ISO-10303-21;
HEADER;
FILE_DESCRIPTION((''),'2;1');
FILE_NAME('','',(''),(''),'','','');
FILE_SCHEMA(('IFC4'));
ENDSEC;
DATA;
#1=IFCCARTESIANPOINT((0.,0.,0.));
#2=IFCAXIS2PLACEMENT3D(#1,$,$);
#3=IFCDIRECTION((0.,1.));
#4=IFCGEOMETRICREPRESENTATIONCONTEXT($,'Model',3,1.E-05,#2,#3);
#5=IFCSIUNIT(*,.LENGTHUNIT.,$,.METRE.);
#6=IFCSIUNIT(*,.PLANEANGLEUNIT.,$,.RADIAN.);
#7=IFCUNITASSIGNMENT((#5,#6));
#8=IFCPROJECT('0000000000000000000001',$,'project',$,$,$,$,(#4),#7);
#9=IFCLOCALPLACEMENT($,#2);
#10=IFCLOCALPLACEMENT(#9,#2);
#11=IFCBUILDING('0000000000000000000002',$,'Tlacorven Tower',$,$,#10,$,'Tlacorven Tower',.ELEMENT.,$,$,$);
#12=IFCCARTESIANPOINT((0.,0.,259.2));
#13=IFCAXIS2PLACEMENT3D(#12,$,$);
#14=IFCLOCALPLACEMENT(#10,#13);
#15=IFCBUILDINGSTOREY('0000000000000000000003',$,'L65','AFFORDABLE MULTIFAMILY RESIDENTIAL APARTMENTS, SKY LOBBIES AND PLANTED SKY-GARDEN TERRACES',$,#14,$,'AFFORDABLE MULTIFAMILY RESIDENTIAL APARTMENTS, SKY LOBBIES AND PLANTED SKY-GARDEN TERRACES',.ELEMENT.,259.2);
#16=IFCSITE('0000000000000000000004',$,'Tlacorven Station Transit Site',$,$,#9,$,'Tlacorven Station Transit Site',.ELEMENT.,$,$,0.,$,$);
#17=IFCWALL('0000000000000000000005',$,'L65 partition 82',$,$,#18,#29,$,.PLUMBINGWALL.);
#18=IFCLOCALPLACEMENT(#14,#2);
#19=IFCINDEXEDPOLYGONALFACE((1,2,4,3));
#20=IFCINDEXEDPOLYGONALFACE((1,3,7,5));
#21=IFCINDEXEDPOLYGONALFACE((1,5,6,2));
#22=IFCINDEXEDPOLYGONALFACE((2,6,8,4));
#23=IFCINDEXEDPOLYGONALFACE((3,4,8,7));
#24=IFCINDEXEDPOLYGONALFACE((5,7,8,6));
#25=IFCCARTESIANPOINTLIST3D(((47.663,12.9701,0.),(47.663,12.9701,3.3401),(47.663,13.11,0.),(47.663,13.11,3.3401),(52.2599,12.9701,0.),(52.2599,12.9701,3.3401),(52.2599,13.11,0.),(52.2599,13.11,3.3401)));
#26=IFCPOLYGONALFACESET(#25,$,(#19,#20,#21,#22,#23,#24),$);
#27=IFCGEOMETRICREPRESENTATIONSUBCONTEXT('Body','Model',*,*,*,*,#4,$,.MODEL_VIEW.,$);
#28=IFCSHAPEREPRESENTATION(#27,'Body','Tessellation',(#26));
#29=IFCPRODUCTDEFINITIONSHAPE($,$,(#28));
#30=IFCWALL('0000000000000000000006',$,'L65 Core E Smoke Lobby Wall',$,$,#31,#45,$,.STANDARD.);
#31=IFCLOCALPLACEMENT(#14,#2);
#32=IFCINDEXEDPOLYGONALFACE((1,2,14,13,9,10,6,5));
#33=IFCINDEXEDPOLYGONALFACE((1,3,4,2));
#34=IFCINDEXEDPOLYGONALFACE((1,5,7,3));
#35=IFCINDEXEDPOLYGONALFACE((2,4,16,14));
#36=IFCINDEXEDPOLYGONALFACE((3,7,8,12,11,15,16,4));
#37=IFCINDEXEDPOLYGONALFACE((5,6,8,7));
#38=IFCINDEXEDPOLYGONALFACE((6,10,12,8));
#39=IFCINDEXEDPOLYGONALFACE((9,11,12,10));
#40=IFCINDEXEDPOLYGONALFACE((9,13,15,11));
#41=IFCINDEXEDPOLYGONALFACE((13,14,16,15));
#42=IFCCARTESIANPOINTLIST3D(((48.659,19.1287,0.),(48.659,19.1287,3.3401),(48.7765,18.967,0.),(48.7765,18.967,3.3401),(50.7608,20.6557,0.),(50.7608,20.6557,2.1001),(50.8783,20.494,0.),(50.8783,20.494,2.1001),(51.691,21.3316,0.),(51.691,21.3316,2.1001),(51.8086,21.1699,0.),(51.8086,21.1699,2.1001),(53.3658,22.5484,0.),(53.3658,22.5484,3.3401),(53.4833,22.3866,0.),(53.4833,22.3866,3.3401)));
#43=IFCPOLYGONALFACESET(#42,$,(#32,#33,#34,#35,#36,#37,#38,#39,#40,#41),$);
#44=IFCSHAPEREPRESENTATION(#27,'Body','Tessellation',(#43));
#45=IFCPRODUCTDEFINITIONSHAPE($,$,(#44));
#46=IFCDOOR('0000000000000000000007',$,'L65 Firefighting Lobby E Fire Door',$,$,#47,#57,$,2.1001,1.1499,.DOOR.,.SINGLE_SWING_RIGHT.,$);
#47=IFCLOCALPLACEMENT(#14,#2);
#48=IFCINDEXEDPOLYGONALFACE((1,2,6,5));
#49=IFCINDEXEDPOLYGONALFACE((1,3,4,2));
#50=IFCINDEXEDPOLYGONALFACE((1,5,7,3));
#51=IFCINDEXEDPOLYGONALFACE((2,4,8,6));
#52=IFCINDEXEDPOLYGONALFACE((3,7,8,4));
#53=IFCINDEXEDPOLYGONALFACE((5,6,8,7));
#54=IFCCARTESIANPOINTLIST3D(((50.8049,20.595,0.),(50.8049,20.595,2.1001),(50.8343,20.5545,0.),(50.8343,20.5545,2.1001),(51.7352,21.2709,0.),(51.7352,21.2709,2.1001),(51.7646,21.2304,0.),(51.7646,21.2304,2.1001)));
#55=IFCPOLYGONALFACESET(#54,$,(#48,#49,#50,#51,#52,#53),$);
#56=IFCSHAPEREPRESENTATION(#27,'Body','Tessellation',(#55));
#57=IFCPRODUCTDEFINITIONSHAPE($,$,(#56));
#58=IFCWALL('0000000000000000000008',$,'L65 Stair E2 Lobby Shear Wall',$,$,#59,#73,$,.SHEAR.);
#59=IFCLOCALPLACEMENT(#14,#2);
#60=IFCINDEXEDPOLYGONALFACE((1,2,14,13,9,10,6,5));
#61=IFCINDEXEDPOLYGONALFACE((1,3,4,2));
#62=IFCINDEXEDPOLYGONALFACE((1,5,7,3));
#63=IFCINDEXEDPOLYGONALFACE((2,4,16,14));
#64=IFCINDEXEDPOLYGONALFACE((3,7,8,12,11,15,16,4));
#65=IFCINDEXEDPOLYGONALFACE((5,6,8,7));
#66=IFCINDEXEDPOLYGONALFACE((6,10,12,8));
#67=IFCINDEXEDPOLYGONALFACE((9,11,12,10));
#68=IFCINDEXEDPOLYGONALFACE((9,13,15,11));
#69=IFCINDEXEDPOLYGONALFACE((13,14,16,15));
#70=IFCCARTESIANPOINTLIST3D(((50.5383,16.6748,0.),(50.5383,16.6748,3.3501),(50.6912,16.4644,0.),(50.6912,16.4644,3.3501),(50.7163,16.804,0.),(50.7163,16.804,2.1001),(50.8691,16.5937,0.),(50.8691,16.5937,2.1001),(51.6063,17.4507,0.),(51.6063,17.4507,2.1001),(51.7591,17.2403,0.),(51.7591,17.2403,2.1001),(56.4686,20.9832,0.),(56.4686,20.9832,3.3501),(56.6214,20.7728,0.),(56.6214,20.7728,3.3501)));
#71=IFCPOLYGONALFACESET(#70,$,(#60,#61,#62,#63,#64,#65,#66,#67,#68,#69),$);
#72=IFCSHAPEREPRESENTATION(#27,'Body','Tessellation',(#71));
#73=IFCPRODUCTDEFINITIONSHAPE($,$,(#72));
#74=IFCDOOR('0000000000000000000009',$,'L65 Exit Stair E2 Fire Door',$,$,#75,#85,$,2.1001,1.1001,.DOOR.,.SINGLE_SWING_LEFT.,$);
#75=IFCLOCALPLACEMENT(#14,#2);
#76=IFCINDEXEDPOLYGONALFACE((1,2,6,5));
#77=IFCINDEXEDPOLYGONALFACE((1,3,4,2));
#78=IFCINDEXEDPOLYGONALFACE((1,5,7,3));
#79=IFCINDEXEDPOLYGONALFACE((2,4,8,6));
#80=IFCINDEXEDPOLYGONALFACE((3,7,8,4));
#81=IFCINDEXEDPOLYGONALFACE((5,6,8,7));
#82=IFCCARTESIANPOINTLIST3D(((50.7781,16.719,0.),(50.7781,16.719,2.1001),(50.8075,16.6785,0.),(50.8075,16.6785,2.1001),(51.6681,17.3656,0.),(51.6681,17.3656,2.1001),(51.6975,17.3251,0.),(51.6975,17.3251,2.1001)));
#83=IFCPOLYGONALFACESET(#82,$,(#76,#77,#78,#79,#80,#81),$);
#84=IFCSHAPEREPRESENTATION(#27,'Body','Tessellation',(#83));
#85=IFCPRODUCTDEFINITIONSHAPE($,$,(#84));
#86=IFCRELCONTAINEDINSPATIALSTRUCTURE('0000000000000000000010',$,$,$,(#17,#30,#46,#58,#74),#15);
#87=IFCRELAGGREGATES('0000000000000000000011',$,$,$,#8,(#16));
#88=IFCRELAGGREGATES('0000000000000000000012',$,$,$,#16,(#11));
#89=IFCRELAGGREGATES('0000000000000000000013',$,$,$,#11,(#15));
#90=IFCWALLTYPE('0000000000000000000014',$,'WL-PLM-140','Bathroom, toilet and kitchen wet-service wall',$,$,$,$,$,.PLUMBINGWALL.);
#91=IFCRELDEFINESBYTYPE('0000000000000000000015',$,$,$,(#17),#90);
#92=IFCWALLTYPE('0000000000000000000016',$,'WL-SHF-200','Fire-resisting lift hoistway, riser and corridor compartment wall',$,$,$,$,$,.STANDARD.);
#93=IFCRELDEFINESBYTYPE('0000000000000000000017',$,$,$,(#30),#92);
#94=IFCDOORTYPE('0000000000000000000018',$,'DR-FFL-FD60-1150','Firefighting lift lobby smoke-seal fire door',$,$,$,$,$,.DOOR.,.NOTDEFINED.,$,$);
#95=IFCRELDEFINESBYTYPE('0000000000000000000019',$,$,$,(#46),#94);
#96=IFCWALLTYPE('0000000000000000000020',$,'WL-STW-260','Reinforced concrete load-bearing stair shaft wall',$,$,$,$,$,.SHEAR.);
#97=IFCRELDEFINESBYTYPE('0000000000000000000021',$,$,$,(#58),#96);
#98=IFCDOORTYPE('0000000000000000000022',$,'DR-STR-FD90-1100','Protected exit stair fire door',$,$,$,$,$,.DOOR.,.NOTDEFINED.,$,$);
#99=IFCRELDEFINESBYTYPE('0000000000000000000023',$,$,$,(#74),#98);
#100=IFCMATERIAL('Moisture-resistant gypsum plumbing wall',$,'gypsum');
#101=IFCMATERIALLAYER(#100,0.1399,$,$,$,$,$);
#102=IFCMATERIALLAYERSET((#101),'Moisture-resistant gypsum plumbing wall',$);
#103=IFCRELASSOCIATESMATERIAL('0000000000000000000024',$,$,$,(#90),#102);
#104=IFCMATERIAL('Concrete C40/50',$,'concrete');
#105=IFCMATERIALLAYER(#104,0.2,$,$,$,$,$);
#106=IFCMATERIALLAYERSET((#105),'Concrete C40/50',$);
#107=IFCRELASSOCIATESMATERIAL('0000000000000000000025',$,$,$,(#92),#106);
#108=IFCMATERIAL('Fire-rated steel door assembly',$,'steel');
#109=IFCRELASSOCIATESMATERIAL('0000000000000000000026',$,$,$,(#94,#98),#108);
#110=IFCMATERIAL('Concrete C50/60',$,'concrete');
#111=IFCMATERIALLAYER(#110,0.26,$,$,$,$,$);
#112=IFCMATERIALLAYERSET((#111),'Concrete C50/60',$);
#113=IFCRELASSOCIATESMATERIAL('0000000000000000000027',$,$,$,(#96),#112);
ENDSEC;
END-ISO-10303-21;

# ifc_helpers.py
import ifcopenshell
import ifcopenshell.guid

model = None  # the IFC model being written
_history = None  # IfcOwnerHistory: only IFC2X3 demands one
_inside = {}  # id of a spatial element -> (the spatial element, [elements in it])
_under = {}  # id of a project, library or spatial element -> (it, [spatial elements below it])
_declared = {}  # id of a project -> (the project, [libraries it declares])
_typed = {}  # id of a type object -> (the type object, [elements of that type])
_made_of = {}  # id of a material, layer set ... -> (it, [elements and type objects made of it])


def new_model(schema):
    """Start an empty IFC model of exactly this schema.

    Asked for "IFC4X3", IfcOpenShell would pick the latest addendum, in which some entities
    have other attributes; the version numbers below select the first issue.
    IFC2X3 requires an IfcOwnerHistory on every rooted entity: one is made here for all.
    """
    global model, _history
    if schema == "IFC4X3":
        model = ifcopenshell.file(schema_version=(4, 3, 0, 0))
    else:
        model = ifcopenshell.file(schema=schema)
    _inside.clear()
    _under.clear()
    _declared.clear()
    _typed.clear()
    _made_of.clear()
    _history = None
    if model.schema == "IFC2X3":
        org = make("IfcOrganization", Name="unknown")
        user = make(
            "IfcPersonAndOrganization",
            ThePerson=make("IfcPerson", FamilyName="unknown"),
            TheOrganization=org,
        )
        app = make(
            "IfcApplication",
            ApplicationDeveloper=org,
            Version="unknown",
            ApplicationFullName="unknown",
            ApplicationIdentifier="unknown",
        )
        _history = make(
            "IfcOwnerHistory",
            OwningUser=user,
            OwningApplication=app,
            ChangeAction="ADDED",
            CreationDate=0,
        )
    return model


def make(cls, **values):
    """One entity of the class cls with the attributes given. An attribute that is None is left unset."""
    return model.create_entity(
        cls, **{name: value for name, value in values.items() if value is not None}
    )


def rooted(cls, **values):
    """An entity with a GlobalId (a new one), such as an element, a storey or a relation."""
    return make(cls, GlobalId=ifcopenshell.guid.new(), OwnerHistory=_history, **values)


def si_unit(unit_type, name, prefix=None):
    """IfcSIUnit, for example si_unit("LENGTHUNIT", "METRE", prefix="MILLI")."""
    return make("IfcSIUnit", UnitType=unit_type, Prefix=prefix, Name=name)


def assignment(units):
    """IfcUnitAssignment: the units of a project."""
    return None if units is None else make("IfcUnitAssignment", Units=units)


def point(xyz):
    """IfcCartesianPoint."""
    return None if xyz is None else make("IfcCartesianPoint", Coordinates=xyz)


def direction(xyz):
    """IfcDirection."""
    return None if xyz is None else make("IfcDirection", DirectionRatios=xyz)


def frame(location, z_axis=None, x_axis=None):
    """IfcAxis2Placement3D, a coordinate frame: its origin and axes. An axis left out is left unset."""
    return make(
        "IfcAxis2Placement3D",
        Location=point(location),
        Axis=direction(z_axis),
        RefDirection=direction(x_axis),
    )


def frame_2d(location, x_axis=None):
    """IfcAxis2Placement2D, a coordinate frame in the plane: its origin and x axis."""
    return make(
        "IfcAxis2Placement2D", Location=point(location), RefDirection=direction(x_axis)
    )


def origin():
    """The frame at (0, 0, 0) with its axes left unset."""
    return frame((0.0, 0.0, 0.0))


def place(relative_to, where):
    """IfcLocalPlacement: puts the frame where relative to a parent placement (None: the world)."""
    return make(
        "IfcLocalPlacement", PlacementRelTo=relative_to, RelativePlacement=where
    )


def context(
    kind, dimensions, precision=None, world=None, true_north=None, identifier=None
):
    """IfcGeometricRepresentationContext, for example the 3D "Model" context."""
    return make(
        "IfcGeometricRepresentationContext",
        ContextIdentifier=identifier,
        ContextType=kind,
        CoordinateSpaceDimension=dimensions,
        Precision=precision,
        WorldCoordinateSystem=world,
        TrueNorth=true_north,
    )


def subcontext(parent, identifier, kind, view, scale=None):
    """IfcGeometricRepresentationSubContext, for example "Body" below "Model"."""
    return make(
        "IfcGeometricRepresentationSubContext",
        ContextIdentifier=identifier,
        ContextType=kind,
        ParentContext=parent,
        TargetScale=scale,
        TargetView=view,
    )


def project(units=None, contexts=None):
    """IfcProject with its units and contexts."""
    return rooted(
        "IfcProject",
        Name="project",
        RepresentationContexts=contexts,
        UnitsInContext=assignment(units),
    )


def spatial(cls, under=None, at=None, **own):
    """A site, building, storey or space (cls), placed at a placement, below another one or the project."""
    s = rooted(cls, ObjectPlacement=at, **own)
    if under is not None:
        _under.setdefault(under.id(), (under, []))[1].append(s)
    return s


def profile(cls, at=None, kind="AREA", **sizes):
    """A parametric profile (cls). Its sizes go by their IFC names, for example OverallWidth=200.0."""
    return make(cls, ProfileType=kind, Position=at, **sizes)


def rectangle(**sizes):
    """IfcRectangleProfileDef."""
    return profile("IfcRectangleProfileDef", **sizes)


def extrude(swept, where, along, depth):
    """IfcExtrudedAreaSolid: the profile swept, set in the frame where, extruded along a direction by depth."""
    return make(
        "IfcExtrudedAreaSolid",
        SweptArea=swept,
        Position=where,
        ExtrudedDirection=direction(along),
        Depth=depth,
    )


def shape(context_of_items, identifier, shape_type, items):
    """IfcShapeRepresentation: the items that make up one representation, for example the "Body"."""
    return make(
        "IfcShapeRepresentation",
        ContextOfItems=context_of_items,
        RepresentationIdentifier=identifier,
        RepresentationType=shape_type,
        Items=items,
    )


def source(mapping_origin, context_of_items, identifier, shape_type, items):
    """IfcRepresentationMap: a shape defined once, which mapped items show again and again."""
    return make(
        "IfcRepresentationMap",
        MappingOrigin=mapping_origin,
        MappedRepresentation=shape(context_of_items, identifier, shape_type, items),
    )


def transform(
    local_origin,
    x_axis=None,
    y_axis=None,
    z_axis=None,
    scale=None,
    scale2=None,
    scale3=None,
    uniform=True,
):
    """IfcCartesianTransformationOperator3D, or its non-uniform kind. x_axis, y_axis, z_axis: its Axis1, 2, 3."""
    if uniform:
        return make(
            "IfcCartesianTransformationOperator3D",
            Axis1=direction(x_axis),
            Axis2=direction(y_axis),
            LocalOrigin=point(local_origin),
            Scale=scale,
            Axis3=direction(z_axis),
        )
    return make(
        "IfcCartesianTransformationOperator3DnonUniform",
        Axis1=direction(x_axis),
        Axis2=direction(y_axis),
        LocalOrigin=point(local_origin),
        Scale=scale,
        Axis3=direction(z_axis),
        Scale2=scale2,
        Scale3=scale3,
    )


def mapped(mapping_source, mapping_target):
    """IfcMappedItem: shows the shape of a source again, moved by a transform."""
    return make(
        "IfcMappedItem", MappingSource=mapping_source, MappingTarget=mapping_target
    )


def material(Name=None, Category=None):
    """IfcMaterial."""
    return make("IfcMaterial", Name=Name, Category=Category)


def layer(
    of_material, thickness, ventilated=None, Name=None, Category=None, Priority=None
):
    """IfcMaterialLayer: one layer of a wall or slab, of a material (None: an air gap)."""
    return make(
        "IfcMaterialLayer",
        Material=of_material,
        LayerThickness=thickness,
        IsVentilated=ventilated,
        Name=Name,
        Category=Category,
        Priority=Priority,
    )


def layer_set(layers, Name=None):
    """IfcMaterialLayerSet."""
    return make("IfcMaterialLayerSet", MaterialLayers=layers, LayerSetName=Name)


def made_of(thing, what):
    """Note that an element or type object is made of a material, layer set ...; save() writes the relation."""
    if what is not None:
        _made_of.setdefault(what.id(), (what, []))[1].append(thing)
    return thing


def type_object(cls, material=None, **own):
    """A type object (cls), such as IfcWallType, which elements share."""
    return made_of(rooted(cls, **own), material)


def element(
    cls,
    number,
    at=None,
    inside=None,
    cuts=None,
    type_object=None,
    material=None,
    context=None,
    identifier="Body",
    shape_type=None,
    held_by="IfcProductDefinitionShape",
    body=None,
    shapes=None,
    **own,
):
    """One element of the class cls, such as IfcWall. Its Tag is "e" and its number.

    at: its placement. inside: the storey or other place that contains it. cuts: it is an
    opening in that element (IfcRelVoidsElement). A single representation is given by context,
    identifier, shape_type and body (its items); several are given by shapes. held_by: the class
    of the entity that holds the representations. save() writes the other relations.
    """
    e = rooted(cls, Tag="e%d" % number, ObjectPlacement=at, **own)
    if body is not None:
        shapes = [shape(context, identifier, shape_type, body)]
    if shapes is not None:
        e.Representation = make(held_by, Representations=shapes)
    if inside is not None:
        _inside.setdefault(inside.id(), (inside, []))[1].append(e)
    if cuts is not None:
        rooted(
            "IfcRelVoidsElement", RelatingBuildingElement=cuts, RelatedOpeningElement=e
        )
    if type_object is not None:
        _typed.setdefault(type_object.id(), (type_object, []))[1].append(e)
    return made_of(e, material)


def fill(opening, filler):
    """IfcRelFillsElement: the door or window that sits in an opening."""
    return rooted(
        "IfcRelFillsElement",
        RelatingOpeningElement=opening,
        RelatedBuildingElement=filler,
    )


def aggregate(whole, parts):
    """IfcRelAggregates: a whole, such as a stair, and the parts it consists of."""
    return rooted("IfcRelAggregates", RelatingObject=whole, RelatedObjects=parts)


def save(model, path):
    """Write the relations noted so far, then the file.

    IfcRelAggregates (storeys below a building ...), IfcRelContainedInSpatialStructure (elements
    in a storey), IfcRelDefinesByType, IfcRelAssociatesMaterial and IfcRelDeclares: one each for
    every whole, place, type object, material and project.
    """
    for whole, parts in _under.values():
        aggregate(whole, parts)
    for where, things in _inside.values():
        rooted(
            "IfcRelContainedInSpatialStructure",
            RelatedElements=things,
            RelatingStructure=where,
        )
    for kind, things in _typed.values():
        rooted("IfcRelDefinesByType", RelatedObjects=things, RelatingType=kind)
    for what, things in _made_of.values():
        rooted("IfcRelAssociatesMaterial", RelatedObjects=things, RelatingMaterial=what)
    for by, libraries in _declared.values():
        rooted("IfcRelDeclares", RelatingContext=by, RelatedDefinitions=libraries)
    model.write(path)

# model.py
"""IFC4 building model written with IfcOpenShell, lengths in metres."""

from ifc_helpers import new_model, si_unit, direction, frame, frame_2d, origin, place, context, subcontext, project, spatial, rectangle, extrude, source, transform, mapped, material, layer, layer_set, type_object, element, fill, save


model = new_model("IFC4")

# Units and contexts
model_context = context("Model", 3, precision=1e-05, world=origin(), true_north=direction((0.0, 1.0)))
body_context = subcontext(model_context, "Body", "Model", "MODEL_VIEW")
ifc_project = project(units=[si_unit("LENGTHUNIT", "METRE"), si_unit("PLANEANGLEUNIT", "RADIAN")], contexts=[model_context])

# Site, building, storey
site_placement = place(None, origin())
site = spatial("IfcSite", under=ifc_project, at=site_placement, Name="Tlacorven Station Transit Site", LongName="Tlacorven Station Transit Site", CompositionType="ELEMENT", RefElevation=0.0)
building_placement = place(site_placement, origin())
building = spatial("IfcBuilding", under=site, at=building_placement, Name="Tlacorven Tower", LongName="Tlacorven Tower", CompositionType="ELEMENT")
storey_placement = place(building_placement, frame((0.0, 0.0, 259.2)))
storey = spatial("IfcBuildingStorey", under=building, at=storey_placement, Name="L65", Description="AFFORDABLE MULTIFAMILY RESIDENTIAL APARTMENTS, SKY LOBBIES AND PLANTED SKY-GARDEN TERRACES", LongName="AFFORDABLE MULTIFAMILY RESIDENTIAL APARTMENTS, SKY LOBBIES AND PLANTED SKY-GARDEN TERRACES", CompositionType="ELEMENT", Elevation=259.2)

# Shared definitions
ifc_material_1 = material(Name="Concrete C50/60", Category="concrete")

# Wall
ifc_material_2 = material(Name="Moisture-resistant gypsum plumbing wall", Category="gypsum")
ifc_layer_1 = layer(ifc_material_2, 0.1399)
ifc_layer_set_1 = layer_set([ifc_layer_1], Name="Moisture-resistant gypsum plumbing wall")
wall_type_1 = type_object("IfcWallType", Name="WL-PLM-140", Description="Bathroom, toilet and kitchen wet-service wall", PredefinedType="PLUMBINGWALL", material=ifc_layer_set_1)
wall_1_placement = place(storey_placement, frame((47.6631, 13.04, 0.0), z_axis=(0.0, 0.0, 1.0), x_axis=(1.0, 0.0, 0.0)))
element("IfcWall", 1, at=wall_1_placement, inside=storey, type_object=wall_type_1, Name="L65 partition 82", PredefinedType="PLUMBINGWALL", context=body_context, shape_type="SweptSolid", body=[
    extrude(rectangle(XDim=4.5969, YDim=0.1399, at=frame_2d((2.2983, 0.0))), origin(), (0.0, 0.0, 1.0), 3.3401),
])

# Walls, openings, doors
ifc_material_3 = material(Name="Concrete C40/50", Category="concrete")
ifc_layer_2 = layer(ifc_material_3, 0.2)
ifc_layer_set_2 = layer_set([ifc_layer_2], Name="Concrete C40/50")
wall_type_2 = type_object("IfcWallType", Name="WL-SHF-200", Description="Fire-resisting lift hoistway, riser and corridor compartment wall", PredefinedType="STANDARD", material=ifc_layer_set_2)
wall_2_placement = place(storey_placement, frame((48.7178, 19.0479, 0.0), z_axis=(0.0, 0.0, 1.0), x_axis=(0.809017, 0.587785, 0.0)))
wall_2 = element("IfcWall", 2, at=wall_2_placement, inside=storey, type_object=wall_type_2, Name="L65 Core E Smoke Lobby Wall", PredefinedType="STANDARD", context=body_context, shape_type="SweptSolid", body=[
    extrude(rectangle(XDim=5.8179, YDim=0.2, at=frame_2d((2.9089, 0.0))), origin(), (0.0, 0.0, 1.0), 3.3401),
])
opening_1_placement = place(wall_2_placement, frame((2.5979, 0.0, 0.0)))
opening_1 = element("IfcOpeningElement", 3, at=opening_1_placement, cuts=wall_2, PredefinedType="OPENING", context=body_context, shape_type="SweptSolid", body=[
    extrude(rectangle(XDim=1.1499, YDim=2.1001, at=frame_2d((0.575, 1.05))), frame((0.0, 0.1099, 0.0), z_axis=(0.0, -1.0, 0.0), x_axis=(1.0, 0.0, 0.0)), (0.0, 0.0, 1.0), 0.22),
])
ifc_material_4 = material(Name="Fire-rated steel door assembly", Category="steel")
door_type_1 = type_object("IfcDoorType", Name="DR-FFL-FD60-1150", Description="Firefighting lift lobby smoke-seal fire door", OperationType="NOTDEFINED", PredefinedType="DOOR", material=ifc_material_4)
shared_shape_1 = source(origin(), body_context, "Body", "SweptSolid", [
    extrude(rectangle(XDim=1.1499, YDim=2.1001, at=frame_2d((0.575, 1.05))), frame((0.0, 0.0249, 0.0), z_axis=(0.0, -1.0, 0.0), x_axis=(1.0, 0.0, 0.0)), (0.0, 0.0, 1.0), 0.05),
])
door_1_placement = place(opening_1_placement, origin())
door_1 = element("IfcDoor", 4, at=door_1_placement, inside=storey, type_object=door_type_1, Name="L65 Firefighting Lobby E Fire Door", OperationType="SINGLE_SWING_RIGHT", OverallHeight=2.1001, OverallWidth=1.1499, PredefinedType="DOOR", context=body_context, shape_type="MappedRepresentation", body=[
    mapped(shared_shape_1, transform((0.0, 0.0, 0.0), scale=1.0)),
])
fill(opening_1, door_1)
ifc_layer_3 = layer(ifc_material_1, 0.26)
ifc_layer_set_3 = layer_set([ifc_layer_3], Name="Concrete C50/60")
wall_type_3 = type_object("IfcWallType", Name="WL-STW-260", Description="Reinforced concrete load-bearing stair shaft wall", PredefinedType="SHEAR", material=ifc_layer_set_3)
wall_3_placement = place(storey_placement, frame((50.6147, 16.5696, 0.0), z_axis=(0.0, 0.0, 1.0), x_axis=(0.809028, 0.58777, 0.0)))
wall_3 = element("IfcWall", 5, at=wall_3_placement, inside=storey, type_object=wall_type_3, Name="L65 Stair E2 Lobby Shear Wall", PredefinedType="SHEAR", context=body_context, shape_type="SweptSolid", body=[
    extrude(rectangle(XDim=7.3301, YDim=0.26, at=frame_2d((3.665, 0.0))), origin(), (0.0, 0.0, 1.0), 3.3501),
])
opening_2_placement = place(wall_3_placement, frame((0.22, 0.0, 0.0)))
opening_2 = element("IfcOpeningElement", 6, at=opening_2_placement, cuts=wall_3, PredefinedType="OPENING", context=body_context, shape_type="SweptSolid", body=[
    extrude(rectangle(XDim=1.1001, YDim=2.1001, at=frame_2d((0.55, 1.05))), frame((0.0, 0.1401, 0.0), z_axis=(0.0, -1.0, 0.0), x_axis=(1.0, 0.0, 0.0)), (0.0, 0.0, 1.0), 0.28),
])
door_type_2 = type_object("IfcDoorType", Name="DR-STR-FD90-1100", Description="Protected exit stair fire door", OperationType="NOTDEFINED", PredefinedType="DOOR", material=ifc_material_4)
shared_shape_2 = source(origin(), body_context, "Body", "SweptSolid", [
    extrude(rectangle(XDim=1.1001, YDim=2.1001, at=frame_2d((0.55, 1.05))), frame((0.0, 0.0249, 0.0), z_axis=(0.0, -1.0, 0.0), x_axis=(1.0, 0.0, 0.0)), (0.0, 0.0, 1.0), 0.05),
])
door_2_placement = place(opening_2_placement, origin())
door_2 = element("IfcDoor", 7, at=door_2_placement, inside=storey, type_object=door_type_2, Name="L65 Exit Stair E2 Fire Door", OperationType="SINGLE_SWING_LEFT", OverallHeight=2.1001, OverallWidth=1.1001, PredefinedType="DOOR", context=body_context, shape_type="MappedRepresentation", body=[
    mapped(shared_shape_2, transform((0.0, 0.0, 0.0), scale=1.0)),
])
fill(opening_2, door_2)

save(model, "model.ifc")
